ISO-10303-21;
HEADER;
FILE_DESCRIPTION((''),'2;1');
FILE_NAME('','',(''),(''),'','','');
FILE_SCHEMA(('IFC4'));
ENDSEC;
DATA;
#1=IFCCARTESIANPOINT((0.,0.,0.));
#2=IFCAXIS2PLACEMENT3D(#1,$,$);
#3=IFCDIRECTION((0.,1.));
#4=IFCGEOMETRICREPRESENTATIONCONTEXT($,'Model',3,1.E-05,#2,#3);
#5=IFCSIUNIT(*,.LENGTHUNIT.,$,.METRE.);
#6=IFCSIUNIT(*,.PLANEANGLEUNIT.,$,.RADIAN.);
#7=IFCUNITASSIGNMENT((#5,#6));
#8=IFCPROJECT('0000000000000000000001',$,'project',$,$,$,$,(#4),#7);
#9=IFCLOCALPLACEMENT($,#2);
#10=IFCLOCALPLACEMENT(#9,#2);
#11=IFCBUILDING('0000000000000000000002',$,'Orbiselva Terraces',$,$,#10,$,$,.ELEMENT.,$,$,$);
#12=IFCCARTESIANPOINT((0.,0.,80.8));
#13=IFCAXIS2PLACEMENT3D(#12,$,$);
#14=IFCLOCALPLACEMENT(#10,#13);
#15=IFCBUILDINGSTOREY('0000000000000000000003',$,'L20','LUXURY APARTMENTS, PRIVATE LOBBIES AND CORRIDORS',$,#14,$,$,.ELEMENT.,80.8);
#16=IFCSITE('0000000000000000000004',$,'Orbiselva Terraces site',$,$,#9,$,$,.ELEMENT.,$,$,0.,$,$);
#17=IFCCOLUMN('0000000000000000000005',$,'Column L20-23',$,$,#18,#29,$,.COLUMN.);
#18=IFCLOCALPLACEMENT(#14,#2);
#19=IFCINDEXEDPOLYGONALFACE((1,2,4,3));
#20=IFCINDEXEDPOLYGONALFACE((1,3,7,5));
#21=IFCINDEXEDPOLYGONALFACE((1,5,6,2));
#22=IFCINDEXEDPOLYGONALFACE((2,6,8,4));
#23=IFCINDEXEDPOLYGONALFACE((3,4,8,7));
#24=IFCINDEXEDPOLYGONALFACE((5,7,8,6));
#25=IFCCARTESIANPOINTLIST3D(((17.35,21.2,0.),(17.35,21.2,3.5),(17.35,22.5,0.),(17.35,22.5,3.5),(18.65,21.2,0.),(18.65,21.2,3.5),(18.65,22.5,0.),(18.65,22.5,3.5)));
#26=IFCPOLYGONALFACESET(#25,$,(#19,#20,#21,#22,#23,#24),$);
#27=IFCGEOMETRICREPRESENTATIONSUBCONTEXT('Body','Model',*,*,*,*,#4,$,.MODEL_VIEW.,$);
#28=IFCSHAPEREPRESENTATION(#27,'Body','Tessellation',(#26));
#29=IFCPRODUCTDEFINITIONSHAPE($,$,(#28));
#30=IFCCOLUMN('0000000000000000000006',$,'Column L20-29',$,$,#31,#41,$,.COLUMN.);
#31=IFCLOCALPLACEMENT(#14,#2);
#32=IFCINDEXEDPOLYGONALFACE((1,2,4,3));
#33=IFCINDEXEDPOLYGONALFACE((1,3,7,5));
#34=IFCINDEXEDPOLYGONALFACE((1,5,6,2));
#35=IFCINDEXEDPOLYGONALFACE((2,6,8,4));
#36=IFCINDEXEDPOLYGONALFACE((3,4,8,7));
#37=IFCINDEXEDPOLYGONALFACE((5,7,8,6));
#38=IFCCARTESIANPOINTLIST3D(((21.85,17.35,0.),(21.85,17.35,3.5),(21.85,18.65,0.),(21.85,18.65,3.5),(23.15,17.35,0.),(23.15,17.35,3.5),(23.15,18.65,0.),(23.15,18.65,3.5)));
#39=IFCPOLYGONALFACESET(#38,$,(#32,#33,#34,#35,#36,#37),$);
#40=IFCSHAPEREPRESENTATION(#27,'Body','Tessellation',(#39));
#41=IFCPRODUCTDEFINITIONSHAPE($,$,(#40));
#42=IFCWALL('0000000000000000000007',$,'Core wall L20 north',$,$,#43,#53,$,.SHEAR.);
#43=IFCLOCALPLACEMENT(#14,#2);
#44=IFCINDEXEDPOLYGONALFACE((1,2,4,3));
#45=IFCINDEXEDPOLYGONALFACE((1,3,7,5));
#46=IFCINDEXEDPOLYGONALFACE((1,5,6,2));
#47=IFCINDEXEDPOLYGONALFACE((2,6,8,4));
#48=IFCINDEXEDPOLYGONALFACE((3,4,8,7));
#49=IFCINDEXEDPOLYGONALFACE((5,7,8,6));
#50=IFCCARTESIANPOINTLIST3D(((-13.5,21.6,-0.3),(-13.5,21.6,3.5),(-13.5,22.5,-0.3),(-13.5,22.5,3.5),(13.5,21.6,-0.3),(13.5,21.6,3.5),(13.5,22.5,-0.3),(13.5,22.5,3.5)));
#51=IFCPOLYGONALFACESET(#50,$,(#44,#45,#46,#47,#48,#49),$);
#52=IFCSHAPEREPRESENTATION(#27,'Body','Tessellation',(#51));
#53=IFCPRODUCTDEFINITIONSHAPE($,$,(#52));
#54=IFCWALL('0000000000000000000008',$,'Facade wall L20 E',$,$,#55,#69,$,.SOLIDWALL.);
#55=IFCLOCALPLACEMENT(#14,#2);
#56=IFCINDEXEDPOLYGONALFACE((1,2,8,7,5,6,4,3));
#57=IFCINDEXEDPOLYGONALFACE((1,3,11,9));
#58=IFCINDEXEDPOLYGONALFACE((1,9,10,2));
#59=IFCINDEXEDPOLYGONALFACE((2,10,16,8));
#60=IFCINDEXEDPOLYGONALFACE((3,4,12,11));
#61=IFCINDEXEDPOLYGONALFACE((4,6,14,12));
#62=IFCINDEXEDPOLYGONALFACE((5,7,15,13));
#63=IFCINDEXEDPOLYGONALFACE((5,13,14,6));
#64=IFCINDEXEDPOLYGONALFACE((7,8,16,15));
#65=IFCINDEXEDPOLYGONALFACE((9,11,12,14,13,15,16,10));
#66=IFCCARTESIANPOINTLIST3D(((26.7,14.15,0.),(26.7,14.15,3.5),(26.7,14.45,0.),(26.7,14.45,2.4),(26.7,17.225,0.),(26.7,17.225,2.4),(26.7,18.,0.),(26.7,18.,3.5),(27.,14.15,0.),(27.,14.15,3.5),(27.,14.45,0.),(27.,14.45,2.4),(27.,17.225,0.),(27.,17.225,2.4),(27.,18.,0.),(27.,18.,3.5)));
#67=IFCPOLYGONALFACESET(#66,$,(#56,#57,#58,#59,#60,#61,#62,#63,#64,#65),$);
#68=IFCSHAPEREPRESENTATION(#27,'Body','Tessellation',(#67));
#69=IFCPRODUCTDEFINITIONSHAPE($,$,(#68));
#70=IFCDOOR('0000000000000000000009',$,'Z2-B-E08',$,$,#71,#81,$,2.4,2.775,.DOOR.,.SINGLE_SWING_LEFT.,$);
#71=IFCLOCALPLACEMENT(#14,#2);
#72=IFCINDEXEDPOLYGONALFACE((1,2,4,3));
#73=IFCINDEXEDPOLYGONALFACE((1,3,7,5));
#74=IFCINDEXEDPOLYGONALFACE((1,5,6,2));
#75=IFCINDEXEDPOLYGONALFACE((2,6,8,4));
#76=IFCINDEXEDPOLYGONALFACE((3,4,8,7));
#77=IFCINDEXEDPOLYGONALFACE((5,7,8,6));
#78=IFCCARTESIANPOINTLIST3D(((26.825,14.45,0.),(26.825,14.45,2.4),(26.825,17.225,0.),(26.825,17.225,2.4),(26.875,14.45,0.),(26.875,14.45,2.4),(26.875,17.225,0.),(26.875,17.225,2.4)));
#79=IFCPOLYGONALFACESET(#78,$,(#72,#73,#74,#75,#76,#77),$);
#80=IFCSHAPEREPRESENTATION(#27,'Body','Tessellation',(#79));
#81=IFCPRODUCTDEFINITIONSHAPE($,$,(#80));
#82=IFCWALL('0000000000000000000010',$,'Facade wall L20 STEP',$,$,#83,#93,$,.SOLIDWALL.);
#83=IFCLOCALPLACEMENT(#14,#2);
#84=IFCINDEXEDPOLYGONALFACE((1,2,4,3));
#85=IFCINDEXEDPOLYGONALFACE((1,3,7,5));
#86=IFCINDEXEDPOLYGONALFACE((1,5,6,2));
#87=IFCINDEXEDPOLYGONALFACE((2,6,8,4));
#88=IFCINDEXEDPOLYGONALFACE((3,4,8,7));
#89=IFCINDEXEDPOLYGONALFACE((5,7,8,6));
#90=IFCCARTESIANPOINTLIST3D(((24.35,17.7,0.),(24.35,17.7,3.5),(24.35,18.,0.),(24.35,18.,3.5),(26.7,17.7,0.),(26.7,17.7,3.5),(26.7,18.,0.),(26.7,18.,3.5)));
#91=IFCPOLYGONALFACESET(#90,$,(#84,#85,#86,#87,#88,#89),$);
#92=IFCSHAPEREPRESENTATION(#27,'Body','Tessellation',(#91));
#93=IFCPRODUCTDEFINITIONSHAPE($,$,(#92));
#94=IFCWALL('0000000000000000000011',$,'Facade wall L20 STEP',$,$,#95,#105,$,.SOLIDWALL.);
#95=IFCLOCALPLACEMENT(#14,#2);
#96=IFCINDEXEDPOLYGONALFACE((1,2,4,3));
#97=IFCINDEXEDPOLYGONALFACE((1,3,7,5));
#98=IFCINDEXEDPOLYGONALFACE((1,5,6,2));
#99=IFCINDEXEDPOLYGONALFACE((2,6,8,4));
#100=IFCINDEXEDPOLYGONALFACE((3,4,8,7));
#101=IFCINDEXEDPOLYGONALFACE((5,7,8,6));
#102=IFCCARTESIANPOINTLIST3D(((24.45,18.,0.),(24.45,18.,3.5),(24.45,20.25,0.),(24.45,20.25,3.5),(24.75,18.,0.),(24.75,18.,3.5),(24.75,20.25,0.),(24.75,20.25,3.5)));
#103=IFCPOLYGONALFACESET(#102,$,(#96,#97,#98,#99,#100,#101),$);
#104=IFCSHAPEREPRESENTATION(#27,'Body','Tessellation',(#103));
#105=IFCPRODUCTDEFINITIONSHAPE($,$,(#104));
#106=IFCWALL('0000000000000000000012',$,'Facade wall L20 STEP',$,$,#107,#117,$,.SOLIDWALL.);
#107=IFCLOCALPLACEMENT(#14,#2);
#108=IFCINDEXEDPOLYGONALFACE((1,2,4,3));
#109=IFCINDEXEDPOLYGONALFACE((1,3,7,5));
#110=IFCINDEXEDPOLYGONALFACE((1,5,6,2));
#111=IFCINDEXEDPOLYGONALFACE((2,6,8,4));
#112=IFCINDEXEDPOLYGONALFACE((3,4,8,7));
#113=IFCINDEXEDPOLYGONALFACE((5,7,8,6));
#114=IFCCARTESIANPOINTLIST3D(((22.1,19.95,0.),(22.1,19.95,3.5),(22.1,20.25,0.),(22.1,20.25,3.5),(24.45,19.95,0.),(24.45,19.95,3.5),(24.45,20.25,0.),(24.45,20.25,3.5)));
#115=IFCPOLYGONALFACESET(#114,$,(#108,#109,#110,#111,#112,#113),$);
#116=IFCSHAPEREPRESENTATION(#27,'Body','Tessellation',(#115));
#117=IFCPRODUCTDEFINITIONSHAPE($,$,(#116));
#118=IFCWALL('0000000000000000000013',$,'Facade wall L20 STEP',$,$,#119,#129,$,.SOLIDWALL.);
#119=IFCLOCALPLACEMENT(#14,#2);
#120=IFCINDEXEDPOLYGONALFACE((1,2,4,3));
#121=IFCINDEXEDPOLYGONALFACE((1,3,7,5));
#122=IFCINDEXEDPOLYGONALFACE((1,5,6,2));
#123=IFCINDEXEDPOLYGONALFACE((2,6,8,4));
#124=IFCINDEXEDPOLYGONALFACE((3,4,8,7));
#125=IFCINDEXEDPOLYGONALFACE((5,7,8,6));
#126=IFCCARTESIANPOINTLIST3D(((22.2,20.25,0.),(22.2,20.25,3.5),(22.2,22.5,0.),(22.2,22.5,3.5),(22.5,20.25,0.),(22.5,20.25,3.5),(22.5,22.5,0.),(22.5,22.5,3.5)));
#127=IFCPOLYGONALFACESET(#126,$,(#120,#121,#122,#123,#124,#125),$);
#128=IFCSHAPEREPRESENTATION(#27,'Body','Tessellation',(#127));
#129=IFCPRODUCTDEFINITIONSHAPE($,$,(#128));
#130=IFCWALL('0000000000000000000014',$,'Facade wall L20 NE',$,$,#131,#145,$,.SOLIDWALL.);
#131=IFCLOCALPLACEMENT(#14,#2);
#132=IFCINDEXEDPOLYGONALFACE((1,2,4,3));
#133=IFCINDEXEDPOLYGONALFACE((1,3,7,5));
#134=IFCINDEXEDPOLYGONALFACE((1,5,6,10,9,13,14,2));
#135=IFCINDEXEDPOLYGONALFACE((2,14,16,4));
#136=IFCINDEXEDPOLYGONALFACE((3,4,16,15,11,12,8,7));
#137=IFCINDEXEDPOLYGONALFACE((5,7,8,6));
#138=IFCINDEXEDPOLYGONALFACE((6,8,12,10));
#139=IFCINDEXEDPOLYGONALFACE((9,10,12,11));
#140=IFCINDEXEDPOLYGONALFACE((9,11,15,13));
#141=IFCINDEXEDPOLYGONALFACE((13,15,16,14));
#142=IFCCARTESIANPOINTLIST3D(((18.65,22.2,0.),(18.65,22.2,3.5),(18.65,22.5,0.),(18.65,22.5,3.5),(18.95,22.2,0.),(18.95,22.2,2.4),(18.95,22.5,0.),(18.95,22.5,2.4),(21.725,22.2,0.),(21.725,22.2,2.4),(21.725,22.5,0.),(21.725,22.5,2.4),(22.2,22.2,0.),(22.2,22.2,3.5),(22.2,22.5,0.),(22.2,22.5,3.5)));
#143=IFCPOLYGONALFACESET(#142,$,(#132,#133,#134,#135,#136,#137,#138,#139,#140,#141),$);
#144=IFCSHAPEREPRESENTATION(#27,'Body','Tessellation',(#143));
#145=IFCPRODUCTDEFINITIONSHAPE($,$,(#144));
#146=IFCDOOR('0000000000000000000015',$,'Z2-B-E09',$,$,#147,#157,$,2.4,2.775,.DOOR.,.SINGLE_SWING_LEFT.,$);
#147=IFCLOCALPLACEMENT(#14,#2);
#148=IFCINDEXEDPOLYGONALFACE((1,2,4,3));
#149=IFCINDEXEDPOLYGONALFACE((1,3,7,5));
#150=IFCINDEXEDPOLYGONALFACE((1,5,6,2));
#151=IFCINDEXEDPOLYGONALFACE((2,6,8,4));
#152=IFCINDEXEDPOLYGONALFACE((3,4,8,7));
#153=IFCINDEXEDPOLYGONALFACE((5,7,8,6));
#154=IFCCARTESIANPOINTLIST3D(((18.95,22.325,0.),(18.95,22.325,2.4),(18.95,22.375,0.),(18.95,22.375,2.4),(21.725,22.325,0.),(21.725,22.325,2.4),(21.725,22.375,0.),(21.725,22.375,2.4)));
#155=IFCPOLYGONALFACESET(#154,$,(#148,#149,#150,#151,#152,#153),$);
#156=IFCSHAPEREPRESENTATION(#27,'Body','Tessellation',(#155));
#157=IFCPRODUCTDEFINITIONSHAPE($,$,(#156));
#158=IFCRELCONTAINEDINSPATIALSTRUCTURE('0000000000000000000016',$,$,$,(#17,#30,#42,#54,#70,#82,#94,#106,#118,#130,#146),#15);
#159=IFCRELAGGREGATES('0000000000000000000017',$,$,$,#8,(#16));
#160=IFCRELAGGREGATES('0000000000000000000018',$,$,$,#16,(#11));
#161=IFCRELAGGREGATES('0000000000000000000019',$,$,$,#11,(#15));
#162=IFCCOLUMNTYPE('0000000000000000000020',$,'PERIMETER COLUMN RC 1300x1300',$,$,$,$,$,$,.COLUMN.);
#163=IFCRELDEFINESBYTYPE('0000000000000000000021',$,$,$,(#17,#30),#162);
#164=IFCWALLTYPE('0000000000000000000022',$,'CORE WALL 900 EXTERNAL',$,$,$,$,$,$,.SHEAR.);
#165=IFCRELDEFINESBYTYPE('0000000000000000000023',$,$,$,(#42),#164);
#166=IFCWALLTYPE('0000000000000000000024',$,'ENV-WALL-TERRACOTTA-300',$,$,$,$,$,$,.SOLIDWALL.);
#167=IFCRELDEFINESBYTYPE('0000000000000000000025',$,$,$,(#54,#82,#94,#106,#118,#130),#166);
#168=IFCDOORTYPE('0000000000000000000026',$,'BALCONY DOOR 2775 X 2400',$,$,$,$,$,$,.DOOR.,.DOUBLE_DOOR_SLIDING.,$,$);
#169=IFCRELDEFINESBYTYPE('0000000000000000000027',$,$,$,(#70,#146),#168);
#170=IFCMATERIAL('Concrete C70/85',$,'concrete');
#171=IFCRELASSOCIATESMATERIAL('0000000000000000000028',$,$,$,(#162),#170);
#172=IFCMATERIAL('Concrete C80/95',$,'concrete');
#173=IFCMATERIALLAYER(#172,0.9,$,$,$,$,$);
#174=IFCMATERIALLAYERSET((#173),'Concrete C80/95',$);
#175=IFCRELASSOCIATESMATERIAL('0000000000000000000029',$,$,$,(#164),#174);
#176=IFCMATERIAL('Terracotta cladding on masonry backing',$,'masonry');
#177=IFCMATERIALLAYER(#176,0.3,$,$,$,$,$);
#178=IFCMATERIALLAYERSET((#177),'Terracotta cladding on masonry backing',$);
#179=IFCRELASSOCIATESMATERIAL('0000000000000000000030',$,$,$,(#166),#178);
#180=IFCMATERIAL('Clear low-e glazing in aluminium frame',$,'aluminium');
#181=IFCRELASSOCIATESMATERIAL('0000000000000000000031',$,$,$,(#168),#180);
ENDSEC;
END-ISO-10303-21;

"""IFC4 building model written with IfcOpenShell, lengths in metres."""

from ifc_helpers import new_model, si_unit, direction, frame, frame_2d, origin, origin_2d, place, context, subcontext, project, spatial, rectangle, extrude, material, layer, layer_set, material_profile, profile_set, type_object, element, fill, save


model = new_model("IFC4")

# Units and contexts
model_context = context("Model", 3, precision=1e-05, world=origin(), true_north=direction((0.0, 1.0)))
body_context = subcontext(model_context, "Body", "Model", "MODEL_VIEW")
ifc_project = project(units=[si_unit("LENGTHUNIT", "METRE"), si_unit("PLANEANGLEUNIT", "RADIAN")], contexts=[model_context])

# Site, building, storey
site_placement = place(None, origin())
site = spatial("IfcSite", under=ifc_project, at=site_placement, Name="Orbiselva Terraces site", CompositionType="ELEMENT", RefElevation=0.0)
building_placement = place(site_placement, origin())
building = spatial("IfcBuilding", under=site, at=building_placement, Name="Orbiselva Terraces", CompositionType="ELEMENT")
storey_placement = place(building_placement, frame((0.0, 0.0, 80.8)))
storey = spatial("IfcBuildingStorey", under=building, at=storey_placement, Name="L20", Description="LUXURY APARTMENTS, PRIVATE LOBBIES AND CORRIDORS", CompositionType="ELEMENT", Elevation=80.8)

# Columns
ifc_material_1 = material(Name="Concrete C70/85", Category="concrete")
ifc_material_profile = material_profile(ifc_material_1, rectangle(XDim=1.3, YDim=1.3, at=origin_2d()), Name="RC 1300x1300")
ifc_profile_set = profile_set([ifc_material_profile], Name="Concrete C70/85")
column_type = type_object("IfcColumnType", Name="PERIMETER COLUMN RC 1300x1300", PredefinedType="COLUMN", material=ifc_profile_set)
for number, where, z_axis, x_axis, name in (
    (1, (18.0, 21.85, 0.0), (0.0, 0.0, 1.0), (1.0, 0.0, 0.0), "Column L20-23"),
    (2, (22.5, 18.0, 0.0), (0.0, 0.0, 1.0), (1.0, 0.0, 0.0), "Column L20-29"),
):
    element("IfcColumn", number, at=place(storey_placement, frame(where, z_axis=z_axis, x_axis=x_axis)), inside=storey, type_object=column_type, Name=name, PredefinedType="COLUMN", context=body_context, shape_type="SweptSolid", body=[
        extrude(rectangle(XDim=1.3, YDim=1.3, at=origin_2d()), origin(), (0.0, 0.0, 1.0), 3.5),
    ])

# Wall
ifc_material_2 = material(Name="Concrete C80/95", Category="concrete")
ifc_layer_1 = layer(ifc_material_2, 0.9)
ifc_layer_set_1 = layer_set([ifc_layer_1], Name="Concrete C80/95")
wall_type_1 = type_object("IfcWallType", Name="CORE WALL 900 EXTERNAL", PredefinedType="SHEAR", material=ifc_layer_set_1)
wall_1_placement = place(storey_placement, frame((13.5, 22.05, -0.3), z_axis=(0.0, 0.0, 1.0), x_axis=(-1.0, 0.0, 0.0)))
element("IfcWall", 3, at=wall_1_placement, inside=storey, type_object=wall_type_1, Name="Core wall L20 north", PredefinedType="SHEAR", context=body_context, shape_type="SweptSolid", body=[
    extrude(rectangle(XDim=27.0, YDim=0.9, at=frame_2d((13.5, 0.0))), origin(), (0.0, 0.0, 1.0), 3.8),
])

# Wall, opening, door
ifc_material_3 = material(Name="Terracotta cladding on masonry backing", Category="masonry")
ifc_layer_2 = layer(ifc_material_3, 0.3)
ifc_layer_set_2 = layer_set([ifc_layer_2], Name="Terracotta cladding on masonry backing")
wall_type_2 = type_object("IfcWallType", Name="ENV-WALL-TERRACOTTA-300", PredefinedType="SOLIDWALL", material=ifc_layer_set_2)
wall_2_placement = place(storey_placement, frame((26.85, 18.0, 0.0), z_axis=(0.0, 0.0, 1.0), x_axis=(0.0, -1.0, 0.0)))
wall_2 = element("IfcWall", 4, at=wall_2_placement, inside=storey, type_object=wall_type_2, Name="Facade wall L20 E", PredefinedType="SOLIDWALL", context=body_context, shape_type="SweptSolid", body=[
    extrude(rectangle(XDim=3.85, YDim=0.3, at=frame_2d((1.925, 0.0))), origin(), (0.0, 0.0, 1.0), 3.5),
])
opening_1_placement = place(wall_2_placement, frame((0.775, 0.0, 0.0)))
opening_1 = element("IfcOpeningElement", 5, at=opening_1_placement, cuts=wall_2, PredefinedType="OPENING", context=body_context, shape_type="SweptSolid", body=[
    extrude(rectangle(XDim=2.775, YDim=2.4, at=frame_2d((1.3875, 1.2))), frame((0.0, 0.16, 0.0), z_axis=(0.0, -1.0, 0.0), x_axis=(1.0, 0.0, 0.0)), (0.0, 0.0, 1.0), 0.32),
])
ifc_material_4 = material(Name="Clear low-e glazing in aluminium frame", Category="aluminium")
door_type_1 = type_object("IfcDoorType", Name="BALCONY DOOR 2775 X 2400", OperationType="DOUBLE_DOOR_SLIDING", PredefinedType="DOOR", material=ifc_material_4)
door_1_placement = place(opening_1_placement, origin())
door_1 = element("IfcDoor", 6, at=door_1_placement, inside=storey, type_object=door_type_1, Name="Z2-B-E08", OperationType="SINGLE_SWING_LEFT", OverallHeight=2.4, OverallWidth=2.775, PredefinedType="DOOR", context=body_context, shape_type="SweptSolid", body=[
    extrude(rectangle(XDim=2.775, YDim=2.4, at=frame_2d((1.3875, 1.2))), frame((0.0, 0.025, 0.0), z_axis=(0.0, -1.0, 0.0), x_axis=(1.0, 0.0, 0.0)), (0.0, 0.0, 1.0), 0.05),
])
fill(opening_1, door_1)

# Walls
wall_3_placement = place(storey_placement, frame((24.35, 17.85, 0.0), z_axis=(0.0, 0.0, 1.0), x_axis=(1.0, 0.0, 0.0)))
element("IfcWall", 7, at=wall_3_placement, inside=storey, type_object=wall_type_2, Name="Facade wall L20 STEP", PredefinedType="SOLIDWALL", context=body_context, shape_type="SweptSolid", body=[
    extrude(rectangle(XDim=2.35, YDim=0.3, at=frame_2d((1.175, 0.0))), origin(), (0.0, 0.0, 1.0), 3.5),
])
wall_4_placement = place(storey_placement, frame((24.6, 20.25, 0.0), z_axis=(0.0, 0.0, 1.0), x_axis=(0.0, -1.0, 0.0)))
element("IfcWall", 8, at=wall_4_placement, inside=storey, type_object=wall_type_2, Name="Facade wall L20 STEP", PredefinedType="SOLIDWALL", context=body_context, shape_type="SweptSolid", body=[
    extrude(rectangle(XDim=2.25, YDim=0.3, at=frame_2d((1.125, 0.0))), origin(), (0.0, 0.0, 1.0), 3.5),
])
wall_5_placement = place(storey_placement, frame((22.1, 20.1, 0.0), z_axis=(0.0, 0.0, 1.0), x_axis=(1.0, 0.0, 0.0)))
element("IfcWall", 9, at=wall_5_placement, inside=storey, type_object=wall_type_2, Name="Facade wall L20 STEP", PredefinedType="SOLIDWALL", context=body_context, shape_type="SweptSolid", body=[
    extrude(rectangle(XDim=2.35, YDim=0.3, at=frame_2d((1.175, 0.0))), origin(), (0.0, 0.0, 1.0), 3.5),
])
wall_6_placement = place(storey_placement, frame((22.35, 22.5, 0.0), z_axis=(0.0, 0.0, 1.0), x_axis=(0.0, -1.0, 0.0)))
element("IfcWall", 10, at=wall_6_placement, inside=storey, type_object=wall_type_2, Name="Facade wall L20 STEP", PredefinedType="SOLIDWALL", context=body_context, shape_type="SweptSolid", body=[
    extrude(rectangle(XDim=2.25, YDim=0.3, at=frame_2d((1.125, 0.0))), origin(), (0.0, 0.0, 1.0), 3.5),
])

# Wall, opening, door
wall_7_placement = place(storey_placement, frame((18.65, 22.35, 0.0), z_axis=(0.0, 0.0, 1.0), x_axis=(1.0, 0.0, 0.0)))
wall_7 = element("IfcWall", 11, at=wall_7_placement, inside=storey, type_object=wall_type_2, Name="Facade wall L20 NE", PredefinedType="SOLIDWALL", context=body_context, shape_type="SweptSolid", body=[
    extrude(rectangle(XDim=3.55, YDim=0.3, at=frame_2d((1.775, 0.0))), origin(), (0.0, 0.0, 1.0), 3.5),
])
opening_2_placement = place(wall_7_placement, frame((0.3, 0.0, 0.0)))
opening_2 = element("IfcOpeningElement", 12, at=opening_2_placement, cuts=wall_7, PredefinedType="OPENING", context=body_context, shape_type="SweptSolid", body=[
    extrude(rectangle(XDim=2.775, YDim=2.4, at=frame_2d((1.3875, 1.2))), frame((0.0, 0.16, 0.0), z_axis=(0.0, -1.0, 0.0), x_axis=(1.0, 0.0, 0.0)), (0.0, 0.0, 1.0), 0.32),
])
door_2_placement = place(opening_2_placement, origin())
door_2 = element("IfcDoor", 13, at=door_2_placement, inside=storey, type_object=door_type_1, Name="Z2-B-E09", OperationType="SINGLE_SWING_LEFT", OverallHeight=2.4, OverallWidth=2.775, PredefinedType="DOOR", context=body_context, shape_type="SweptSolid", body=[
    extrude(rectangle(XDim=2.775, YDim=2.4, at=frame_2d((1.3875, 1.2))), frame((0.0, 0.025, 0.0), z_axis=(0.0, -1.0, 0.0), x_axis=(1.0, 0.0, 0.0)), (0.0, 0.0, 1.0), 0.05),
])
fill(opening_2, door_2)

save(model, "model.ifc")
